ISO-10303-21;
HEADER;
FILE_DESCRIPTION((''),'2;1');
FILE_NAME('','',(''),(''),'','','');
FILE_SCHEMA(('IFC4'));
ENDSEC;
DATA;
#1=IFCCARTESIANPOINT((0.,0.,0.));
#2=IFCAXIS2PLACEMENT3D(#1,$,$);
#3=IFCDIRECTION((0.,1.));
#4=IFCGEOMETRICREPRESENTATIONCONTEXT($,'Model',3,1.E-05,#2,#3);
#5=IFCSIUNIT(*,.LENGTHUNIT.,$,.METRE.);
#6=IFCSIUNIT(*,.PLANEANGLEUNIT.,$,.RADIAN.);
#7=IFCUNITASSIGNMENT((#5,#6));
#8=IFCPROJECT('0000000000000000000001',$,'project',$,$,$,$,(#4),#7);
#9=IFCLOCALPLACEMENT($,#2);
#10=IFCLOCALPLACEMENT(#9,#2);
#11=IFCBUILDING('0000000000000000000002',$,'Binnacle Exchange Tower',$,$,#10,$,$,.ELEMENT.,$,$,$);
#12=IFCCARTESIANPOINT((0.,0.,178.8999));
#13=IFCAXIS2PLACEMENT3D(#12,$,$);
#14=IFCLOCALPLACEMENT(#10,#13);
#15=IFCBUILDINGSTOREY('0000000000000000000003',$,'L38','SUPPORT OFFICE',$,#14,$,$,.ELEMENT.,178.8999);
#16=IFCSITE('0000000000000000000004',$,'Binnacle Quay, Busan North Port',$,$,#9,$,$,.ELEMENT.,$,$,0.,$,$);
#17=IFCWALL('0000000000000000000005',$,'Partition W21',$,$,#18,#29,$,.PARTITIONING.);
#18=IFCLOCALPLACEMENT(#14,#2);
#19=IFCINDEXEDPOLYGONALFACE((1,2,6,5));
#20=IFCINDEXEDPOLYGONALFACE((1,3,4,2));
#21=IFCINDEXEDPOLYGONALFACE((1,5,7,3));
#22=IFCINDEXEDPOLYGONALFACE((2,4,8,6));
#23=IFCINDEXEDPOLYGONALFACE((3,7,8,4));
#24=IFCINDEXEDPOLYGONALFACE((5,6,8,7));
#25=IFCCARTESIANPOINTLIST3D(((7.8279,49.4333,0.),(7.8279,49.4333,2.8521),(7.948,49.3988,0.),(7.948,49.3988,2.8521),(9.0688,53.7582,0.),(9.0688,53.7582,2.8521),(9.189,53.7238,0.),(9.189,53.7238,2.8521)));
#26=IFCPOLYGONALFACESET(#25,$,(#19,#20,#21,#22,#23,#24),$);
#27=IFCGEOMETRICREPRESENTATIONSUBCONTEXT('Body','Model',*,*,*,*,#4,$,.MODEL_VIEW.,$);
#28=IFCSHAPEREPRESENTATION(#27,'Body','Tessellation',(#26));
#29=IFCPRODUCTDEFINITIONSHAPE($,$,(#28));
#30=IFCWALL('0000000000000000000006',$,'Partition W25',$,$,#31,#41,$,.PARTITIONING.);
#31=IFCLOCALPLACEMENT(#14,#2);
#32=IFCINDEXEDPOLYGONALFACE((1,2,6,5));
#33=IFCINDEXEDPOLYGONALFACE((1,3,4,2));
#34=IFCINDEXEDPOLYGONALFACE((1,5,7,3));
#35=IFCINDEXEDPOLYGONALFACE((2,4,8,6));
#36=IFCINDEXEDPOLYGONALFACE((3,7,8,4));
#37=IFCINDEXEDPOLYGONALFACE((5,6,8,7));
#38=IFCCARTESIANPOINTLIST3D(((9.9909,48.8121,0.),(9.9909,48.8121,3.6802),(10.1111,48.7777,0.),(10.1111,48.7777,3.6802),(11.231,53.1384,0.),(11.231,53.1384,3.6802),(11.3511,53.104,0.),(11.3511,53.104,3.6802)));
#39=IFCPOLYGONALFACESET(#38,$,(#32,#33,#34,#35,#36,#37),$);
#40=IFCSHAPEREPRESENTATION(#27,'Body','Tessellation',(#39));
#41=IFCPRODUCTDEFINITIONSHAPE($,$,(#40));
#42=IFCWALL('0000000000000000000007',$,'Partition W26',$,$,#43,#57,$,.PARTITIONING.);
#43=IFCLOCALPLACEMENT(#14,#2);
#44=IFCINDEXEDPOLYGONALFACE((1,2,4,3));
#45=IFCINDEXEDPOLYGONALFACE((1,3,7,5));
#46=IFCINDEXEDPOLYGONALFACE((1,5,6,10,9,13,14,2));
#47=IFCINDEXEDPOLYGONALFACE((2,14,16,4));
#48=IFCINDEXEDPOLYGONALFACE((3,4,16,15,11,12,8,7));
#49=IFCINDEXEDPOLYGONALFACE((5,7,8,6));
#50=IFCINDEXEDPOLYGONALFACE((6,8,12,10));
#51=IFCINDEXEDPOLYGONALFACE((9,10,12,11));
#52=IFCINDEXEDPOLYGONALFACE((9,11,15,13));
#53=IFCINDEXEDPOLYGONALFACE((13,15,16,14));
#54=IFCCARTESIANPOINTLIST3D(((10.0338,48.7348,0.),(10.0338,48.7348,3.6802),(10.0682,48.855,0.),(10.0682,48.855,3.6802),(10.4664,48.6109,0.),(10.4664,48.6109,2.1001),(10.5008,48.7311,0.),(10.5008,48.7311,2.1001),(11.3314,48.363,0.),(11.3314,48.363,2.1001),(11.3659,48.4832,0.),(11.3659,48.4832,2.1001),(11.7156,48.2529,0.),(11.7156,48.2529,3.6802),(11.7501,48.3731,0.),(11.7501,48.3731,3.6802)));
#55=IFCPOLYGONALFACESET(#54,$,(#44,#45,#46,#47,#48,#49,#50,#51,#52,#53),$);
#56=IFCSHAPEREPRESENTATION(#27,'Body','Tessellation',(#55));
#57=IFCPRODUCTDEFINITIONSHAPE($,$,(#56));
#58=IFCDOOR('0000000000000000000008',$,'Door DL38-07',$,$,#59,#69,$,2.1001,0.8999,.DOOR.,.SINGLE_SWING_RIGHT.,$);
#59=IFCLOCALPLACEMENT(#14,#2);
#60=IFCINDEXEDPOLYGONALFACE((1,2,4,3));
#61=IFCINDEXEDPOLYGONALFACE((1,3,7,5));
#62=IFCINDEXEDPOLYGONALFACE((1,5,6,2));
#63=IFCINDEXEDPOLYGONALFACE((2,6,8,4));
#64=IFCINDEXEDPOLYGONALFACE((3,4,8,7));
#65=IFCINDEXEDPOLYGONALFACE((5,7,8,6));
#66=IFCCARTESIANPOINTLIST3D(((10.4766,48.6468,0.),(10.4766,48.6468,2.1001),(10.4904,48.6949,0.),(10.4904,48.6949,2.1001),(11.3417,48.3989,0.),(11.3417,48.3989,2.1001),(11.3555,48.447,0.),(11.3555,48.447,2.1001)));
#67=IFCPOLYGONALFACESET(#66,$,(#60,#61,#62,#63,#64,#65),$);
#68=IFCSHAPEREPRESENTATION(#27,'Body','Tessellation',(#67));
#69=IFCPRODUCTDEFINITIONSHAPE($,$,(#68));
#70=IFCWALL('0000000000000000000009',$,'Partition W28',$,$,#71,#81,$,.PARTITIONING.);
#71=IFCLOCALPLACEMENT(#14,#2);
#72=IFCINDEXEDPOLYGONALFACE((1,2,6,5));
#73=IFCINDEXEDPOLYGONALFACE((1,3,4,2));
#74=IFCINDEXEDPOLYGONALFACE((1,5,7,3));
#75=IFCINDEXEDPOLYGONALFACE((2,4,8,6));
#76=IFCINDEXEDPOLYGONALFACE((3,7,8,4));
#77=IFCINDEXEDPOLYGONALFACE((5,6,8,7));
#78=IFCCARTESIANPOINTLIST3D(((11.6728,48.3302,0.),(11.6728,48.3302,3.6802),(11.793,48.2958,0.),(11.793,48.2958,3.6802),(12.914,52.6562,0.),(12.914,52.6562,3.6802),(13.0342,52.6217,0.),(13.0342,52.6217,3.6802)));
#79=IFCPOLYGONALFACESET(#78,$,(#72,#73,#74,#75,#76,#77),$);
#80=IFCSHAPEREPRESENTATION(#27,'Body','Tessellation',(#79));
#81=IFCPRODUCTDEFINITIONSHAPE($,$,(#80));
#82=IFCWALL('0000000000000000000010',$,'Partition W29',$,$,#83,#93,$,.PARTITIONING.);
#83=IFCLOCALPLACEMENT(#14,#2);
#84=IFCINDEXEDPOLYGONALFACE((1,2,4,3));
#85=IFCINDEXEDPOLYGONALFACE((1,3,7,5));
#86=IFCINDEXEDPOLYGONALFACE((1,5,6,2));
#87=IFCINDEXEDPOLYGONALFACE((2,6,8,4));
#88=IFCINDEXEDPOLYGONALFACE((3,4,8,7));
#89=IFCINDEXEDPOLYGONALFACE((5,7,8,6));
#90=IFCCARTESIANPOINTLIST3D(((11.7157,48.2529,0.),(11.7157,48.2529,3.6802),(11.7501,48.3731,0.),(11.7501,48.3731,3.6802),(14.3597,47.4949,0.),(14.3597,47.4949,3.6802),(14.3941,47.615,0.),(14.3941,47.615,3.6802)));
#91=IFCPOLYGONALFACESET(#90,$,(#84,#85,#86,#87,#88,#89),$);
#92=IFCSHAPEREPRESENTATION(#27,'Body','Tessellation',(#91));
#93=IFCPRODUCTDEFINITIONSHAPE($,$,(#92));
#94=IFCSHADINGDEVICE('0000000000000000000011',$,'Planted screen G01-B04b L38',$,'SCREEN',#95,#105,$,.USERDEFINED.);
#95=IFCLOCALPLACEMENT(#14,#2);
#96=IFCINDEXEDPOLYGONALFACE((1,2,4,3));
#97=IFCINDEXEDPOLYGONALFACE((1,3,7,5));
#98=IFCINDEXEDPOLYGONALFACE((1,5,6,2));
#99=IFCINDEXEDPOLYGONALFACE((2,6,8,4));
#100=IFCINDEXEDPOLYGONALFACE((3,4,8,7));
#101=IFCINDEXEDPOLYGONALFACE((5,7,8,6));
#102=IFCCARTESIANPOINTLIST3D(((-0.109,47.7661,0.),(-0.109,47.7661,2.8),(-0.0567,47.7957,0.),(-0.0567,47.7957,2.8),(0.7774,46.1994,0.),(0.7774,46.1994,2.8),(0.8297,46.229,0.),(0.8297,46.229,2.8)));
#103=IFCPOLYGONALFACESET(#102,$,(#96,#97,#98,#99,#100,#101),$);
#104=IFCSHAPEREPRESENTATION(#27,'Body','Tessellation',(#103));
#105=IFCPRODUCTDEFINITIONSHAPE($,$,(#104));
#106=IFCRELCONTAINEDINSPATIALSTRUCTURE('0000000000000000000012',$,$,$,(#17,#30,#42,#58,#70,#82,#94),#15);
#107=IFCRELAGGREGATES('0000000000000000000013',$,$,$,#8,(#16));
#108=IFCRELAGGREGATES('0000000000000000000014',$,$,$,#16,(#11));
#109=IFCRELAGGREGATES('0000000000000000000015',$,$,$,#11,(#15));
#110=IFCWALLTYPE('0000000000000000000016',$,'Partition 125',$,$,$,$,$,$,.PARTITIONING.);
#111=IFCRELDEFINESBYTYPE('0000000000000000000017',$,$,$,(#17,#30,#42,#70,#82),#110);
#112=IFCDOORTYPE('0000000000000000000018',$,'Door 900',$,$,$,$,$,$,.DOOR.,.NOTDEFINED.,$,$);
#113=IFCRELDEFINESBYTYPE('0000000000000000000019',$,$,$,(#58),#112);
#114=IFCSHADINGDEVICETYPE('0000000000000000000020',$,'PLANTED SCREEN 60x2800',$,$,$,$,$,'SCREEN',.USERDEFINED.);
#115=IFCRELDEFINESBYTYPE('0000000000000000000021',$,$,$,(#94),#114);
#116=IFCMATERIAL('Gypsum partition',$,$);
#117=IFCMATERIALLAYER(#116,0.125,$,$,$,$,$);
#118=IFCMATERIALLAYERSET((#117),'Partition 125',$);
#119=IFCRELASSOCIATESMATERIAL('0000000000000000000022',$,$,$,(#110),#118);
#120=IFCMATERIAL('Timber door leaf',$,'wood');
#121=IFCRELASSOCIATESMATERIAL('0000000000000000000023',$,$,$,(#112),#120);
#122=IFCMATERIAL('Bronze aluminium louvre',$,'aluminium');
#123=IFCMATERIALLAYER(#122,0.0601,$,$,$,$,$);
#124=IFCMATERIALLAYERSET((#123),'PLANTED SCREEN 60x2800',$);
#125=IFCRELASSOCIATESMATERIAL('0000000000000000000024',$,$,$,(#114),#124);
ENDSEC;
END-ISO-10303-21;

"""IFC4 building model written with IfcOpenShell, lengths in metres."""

from ifc_helpers import new_model, si_unit, direction, frame, frame_2d, origin, origin_2d, place, context, subcontext, project, spatial, rectangle, extrude, material, layer, layer_set, type_object, element, fill, save


model = new_model("IFC4")

# Units and contexts
model_context = context("Model", 3, precision=1e-05, world=origin(), true_north=direction((0.0, 1.0)))
body_context = subcontext(model_context, "Body", "Model", "MODEL_VIEW")
ifc_project = project(units=[si_unit("LENGTHUNIT", "METRE"), si_unit("PLANEANGLEUNIT", "RADIAN")], contexts=[model_context])

# Site, building, storey
site_placement = place(None, origin())
site = spatial("IfcSite", under=ifc_project, at=site_placement, Name="Binnacle Quay, Busan North Port", CompositionType="ELEMENT", RefElevation=0.0)
building_placement = place(site_placement, origin())
building = spatial("IfcBuilding", under=site, at=building_placement, Name="Binnacle Exchange Tower", CompositionType="ELEMENT")
storey_placement = place(building_placement, frame((0.0, 0.0, 178.8999)))
storey = spatial("IfcBuildingStorey", under=building, at=storey_placement, Name="L38", Description="SUPPORT OFFICE", CompositionType="ELEMENT", Elevation=178.8999)

# Walls
ifc_material_1 = material(Name="Gypsum partition")
ifc_layer_1 = layer(ifc_material_1, 0.125)
ifc_layer_set_1 = layer_set([ifc_layer_1], Name="Partition 125")
wall_type_1 = type_object("IfcWallType", Name="Partition 125", PredefinedType="PARTITIONING", material=ifc_layer_set_1)
wall_1_placement = place(storey_placement, frame((7.8879, 49.416, 0.0), z_axis=(0.0, 0.0, 1.0), x_axis=(0.275803, 0.961214, 0.0)))
element("IfcWall", 1, at=wall_1_placement, inside=storey, type_object=wall_type_1, Name="Partition W21", PredefinedType="PARTITIONING", context=body_context, shape_type="SweptSolid", body=[
    extrude(rectangle(XDim=4.4995, YDim=0.125, at=frame_2d((2.2498, 0.0))), origin(), (0.0, 0.0, 1.0), 2.8521),
])
wall_2_placement = place(storey_placement, frame((10.051, 48.7949, 0.0), z_axis=(0.0, 0.0, 1.0), x_axis=(0.275531, 0.961292, 0.0)))
element("IfcWall", 2, at=wall_2_placement, inside=storey, type_object=wall_type_1, Name="Partition W25", PredefinedType="PARTITIONING", context=body_context, shape_type="SweptSolid", body=[
    extrude(rectangle(XDim=4.5005, YDim=0.125, at=frame_2d((2.2502, 0.0))), origin(), (0.0, 0.0, 1.0), 3.6802),
])

# Wall, opening, door
wall_3_placement = place(storey_placement, frame((10.051, 48.7949, 0.0), z_axis=(0.0, 0.0, 1.0), x_axis=(0.961313, -0.275458, 0.0)))
wall_3 = element("IfcWall", 3, at=wall_3_placement, inside=storey, type_object=wall_type_1, Name="Partition W26", PredefinedType="PARTITIONING", context=body_context, shape_type="SweptSolid", body=[
    extrude(rectangle(XDim=1.7495, YDim=0.125, at=frame_2d((0.8748, 0.0))), origin(), (0.0, 0.0, 1.0), 3.6802),
])
opening_1_placement = place(wall_3_placement, frame((0.45, 0.0, 0.0)))
opening_1 = element("IfcOpeningElement", 4, at=opening_1_placement, cuts=wall_3, PredefinedType="OPENING", context=body_context, shape_type="SweptSolid", body=[
    extrude(rectangle(XDim=0.8999, YDim=2.1001, at=frame_2d((0.45, 1.05))), frame((0.0, 0.0725, 0.0), z_axis=(0.0, -1.0, 0.0), x_axis=(1.0, 0.0, 0.0)), (0.0, 0.0, 1.0), 0.145),
])
ifc_material_2 = material(Name="Timber door leaf", Category="wood")
door_type_1 = type_object("IfcDoorType", Name="Door 900", OperationType="NOTDEFINED", PredefinedType="DOOR", material=ifc_material_2)
door_1_placement = place(opening_1_placement, origin())
door_1 = element("IfcDoor", 5, at=door_1_placement, inside=storey, type_object=door_type_1, Name="Door DL38-07", OperationType="SINGLE_SWING_RIGHT", OverallHeight=2.1001, OverallWidth=0.8999, PredefinedType="DOOR", context=body_context, shape_type="SweptSolid", body=[
    extrude(rectangle(XDim=0.8999, YDim=2.1001, at=frame_2d((0.45, 1.05))), frame((0.0, 0.0249, 0.0), z_axis=(0.0, -1.0, 0.0), x_axis=(1.0, 0.0, 0.0)), (0.0, 0.0, 1.0), 0.05),
])
fill(opening_1, door_1)

# Walls
wall_4_placement = place(storey_placement, frame((11.7329, 48.313, 0.0), z_axis=(0.0, 0.0, 1.0), x_axis=(0.275796, 0.961216, 0.0)))
element("IfcWall", 6, at=wall_4_placement, inside=storey, type_object=wall_type_1, Name="Partition W28", PredefinedType="PARTITIONING", context=body_context, shape_type="SweptSolid", body=[
    extrude(rectangle(XDim=4.5005, YDim=0.125, at=frame_2d((2.2502, 0.0))), origin(), (0.0, 0.0, 1.0), 3.6802),
])
wall_5_placement = place(storey_placement, frame((11.7329, 48.313, 0.0), z_axis=(0.0, 0.0, 1.0), x_axis=(0.961272, -0.2756, 0.0)))
element("IfcWall", 7, at=wall_5_placement, inside=storey, type_object=wall_type_1, Name="Partition W29", PredefinedType="PARTITIONING", context=body_context, shape_type="SweptSolid", body=[
    extrude(rectangle(XDim=2.7505, YDim=0.125, at=frame_2d((1.3752, 0.0))), origin(), (0.0, 0.0, 1.0), 3.6802),
])

# Shading device
ifc_material_3 = material(Name="Bronze aluminium louvre", Category="aluminium")
ifc_layer_2 = layer(ifc_material_3, 0.0601)
ifc_layer_set_2 = layer_set([ifc_layer_2], Name="PLANTED SCREEN 60x2800")
shading_device_type = type_object("IfcShadingDeviceType", Name="PLANTED SCREEN 60x2800", ElementType="SCREEN", PredefinedType="USERDEFINED", material=ifc_layer_set_2)
shading_device_placement = place(storey_placement, frame((0.3604, 46.9976, 0.0), z_axis=(0.0, 0.0, 1.0), x_axis=(0.870356, 0.492424, 0.0)))
element("IfcShadingDevice", 8, at=shading_device_placement, inside=storey, type_object=shading_device_type, Name="Planted screen G01-B04b L38", ObjectType="SCREEN", PredefinedType="USERDEFINED", context=body_context, shape_type="SweptSolid", body=[
    extrude(rectangle(XDim=0.0601, YDim=1.8, at=origin_2d()), origin(), (0.0, 0.0, 1.0), 2.8),
])

save(model, "model.ifc")
